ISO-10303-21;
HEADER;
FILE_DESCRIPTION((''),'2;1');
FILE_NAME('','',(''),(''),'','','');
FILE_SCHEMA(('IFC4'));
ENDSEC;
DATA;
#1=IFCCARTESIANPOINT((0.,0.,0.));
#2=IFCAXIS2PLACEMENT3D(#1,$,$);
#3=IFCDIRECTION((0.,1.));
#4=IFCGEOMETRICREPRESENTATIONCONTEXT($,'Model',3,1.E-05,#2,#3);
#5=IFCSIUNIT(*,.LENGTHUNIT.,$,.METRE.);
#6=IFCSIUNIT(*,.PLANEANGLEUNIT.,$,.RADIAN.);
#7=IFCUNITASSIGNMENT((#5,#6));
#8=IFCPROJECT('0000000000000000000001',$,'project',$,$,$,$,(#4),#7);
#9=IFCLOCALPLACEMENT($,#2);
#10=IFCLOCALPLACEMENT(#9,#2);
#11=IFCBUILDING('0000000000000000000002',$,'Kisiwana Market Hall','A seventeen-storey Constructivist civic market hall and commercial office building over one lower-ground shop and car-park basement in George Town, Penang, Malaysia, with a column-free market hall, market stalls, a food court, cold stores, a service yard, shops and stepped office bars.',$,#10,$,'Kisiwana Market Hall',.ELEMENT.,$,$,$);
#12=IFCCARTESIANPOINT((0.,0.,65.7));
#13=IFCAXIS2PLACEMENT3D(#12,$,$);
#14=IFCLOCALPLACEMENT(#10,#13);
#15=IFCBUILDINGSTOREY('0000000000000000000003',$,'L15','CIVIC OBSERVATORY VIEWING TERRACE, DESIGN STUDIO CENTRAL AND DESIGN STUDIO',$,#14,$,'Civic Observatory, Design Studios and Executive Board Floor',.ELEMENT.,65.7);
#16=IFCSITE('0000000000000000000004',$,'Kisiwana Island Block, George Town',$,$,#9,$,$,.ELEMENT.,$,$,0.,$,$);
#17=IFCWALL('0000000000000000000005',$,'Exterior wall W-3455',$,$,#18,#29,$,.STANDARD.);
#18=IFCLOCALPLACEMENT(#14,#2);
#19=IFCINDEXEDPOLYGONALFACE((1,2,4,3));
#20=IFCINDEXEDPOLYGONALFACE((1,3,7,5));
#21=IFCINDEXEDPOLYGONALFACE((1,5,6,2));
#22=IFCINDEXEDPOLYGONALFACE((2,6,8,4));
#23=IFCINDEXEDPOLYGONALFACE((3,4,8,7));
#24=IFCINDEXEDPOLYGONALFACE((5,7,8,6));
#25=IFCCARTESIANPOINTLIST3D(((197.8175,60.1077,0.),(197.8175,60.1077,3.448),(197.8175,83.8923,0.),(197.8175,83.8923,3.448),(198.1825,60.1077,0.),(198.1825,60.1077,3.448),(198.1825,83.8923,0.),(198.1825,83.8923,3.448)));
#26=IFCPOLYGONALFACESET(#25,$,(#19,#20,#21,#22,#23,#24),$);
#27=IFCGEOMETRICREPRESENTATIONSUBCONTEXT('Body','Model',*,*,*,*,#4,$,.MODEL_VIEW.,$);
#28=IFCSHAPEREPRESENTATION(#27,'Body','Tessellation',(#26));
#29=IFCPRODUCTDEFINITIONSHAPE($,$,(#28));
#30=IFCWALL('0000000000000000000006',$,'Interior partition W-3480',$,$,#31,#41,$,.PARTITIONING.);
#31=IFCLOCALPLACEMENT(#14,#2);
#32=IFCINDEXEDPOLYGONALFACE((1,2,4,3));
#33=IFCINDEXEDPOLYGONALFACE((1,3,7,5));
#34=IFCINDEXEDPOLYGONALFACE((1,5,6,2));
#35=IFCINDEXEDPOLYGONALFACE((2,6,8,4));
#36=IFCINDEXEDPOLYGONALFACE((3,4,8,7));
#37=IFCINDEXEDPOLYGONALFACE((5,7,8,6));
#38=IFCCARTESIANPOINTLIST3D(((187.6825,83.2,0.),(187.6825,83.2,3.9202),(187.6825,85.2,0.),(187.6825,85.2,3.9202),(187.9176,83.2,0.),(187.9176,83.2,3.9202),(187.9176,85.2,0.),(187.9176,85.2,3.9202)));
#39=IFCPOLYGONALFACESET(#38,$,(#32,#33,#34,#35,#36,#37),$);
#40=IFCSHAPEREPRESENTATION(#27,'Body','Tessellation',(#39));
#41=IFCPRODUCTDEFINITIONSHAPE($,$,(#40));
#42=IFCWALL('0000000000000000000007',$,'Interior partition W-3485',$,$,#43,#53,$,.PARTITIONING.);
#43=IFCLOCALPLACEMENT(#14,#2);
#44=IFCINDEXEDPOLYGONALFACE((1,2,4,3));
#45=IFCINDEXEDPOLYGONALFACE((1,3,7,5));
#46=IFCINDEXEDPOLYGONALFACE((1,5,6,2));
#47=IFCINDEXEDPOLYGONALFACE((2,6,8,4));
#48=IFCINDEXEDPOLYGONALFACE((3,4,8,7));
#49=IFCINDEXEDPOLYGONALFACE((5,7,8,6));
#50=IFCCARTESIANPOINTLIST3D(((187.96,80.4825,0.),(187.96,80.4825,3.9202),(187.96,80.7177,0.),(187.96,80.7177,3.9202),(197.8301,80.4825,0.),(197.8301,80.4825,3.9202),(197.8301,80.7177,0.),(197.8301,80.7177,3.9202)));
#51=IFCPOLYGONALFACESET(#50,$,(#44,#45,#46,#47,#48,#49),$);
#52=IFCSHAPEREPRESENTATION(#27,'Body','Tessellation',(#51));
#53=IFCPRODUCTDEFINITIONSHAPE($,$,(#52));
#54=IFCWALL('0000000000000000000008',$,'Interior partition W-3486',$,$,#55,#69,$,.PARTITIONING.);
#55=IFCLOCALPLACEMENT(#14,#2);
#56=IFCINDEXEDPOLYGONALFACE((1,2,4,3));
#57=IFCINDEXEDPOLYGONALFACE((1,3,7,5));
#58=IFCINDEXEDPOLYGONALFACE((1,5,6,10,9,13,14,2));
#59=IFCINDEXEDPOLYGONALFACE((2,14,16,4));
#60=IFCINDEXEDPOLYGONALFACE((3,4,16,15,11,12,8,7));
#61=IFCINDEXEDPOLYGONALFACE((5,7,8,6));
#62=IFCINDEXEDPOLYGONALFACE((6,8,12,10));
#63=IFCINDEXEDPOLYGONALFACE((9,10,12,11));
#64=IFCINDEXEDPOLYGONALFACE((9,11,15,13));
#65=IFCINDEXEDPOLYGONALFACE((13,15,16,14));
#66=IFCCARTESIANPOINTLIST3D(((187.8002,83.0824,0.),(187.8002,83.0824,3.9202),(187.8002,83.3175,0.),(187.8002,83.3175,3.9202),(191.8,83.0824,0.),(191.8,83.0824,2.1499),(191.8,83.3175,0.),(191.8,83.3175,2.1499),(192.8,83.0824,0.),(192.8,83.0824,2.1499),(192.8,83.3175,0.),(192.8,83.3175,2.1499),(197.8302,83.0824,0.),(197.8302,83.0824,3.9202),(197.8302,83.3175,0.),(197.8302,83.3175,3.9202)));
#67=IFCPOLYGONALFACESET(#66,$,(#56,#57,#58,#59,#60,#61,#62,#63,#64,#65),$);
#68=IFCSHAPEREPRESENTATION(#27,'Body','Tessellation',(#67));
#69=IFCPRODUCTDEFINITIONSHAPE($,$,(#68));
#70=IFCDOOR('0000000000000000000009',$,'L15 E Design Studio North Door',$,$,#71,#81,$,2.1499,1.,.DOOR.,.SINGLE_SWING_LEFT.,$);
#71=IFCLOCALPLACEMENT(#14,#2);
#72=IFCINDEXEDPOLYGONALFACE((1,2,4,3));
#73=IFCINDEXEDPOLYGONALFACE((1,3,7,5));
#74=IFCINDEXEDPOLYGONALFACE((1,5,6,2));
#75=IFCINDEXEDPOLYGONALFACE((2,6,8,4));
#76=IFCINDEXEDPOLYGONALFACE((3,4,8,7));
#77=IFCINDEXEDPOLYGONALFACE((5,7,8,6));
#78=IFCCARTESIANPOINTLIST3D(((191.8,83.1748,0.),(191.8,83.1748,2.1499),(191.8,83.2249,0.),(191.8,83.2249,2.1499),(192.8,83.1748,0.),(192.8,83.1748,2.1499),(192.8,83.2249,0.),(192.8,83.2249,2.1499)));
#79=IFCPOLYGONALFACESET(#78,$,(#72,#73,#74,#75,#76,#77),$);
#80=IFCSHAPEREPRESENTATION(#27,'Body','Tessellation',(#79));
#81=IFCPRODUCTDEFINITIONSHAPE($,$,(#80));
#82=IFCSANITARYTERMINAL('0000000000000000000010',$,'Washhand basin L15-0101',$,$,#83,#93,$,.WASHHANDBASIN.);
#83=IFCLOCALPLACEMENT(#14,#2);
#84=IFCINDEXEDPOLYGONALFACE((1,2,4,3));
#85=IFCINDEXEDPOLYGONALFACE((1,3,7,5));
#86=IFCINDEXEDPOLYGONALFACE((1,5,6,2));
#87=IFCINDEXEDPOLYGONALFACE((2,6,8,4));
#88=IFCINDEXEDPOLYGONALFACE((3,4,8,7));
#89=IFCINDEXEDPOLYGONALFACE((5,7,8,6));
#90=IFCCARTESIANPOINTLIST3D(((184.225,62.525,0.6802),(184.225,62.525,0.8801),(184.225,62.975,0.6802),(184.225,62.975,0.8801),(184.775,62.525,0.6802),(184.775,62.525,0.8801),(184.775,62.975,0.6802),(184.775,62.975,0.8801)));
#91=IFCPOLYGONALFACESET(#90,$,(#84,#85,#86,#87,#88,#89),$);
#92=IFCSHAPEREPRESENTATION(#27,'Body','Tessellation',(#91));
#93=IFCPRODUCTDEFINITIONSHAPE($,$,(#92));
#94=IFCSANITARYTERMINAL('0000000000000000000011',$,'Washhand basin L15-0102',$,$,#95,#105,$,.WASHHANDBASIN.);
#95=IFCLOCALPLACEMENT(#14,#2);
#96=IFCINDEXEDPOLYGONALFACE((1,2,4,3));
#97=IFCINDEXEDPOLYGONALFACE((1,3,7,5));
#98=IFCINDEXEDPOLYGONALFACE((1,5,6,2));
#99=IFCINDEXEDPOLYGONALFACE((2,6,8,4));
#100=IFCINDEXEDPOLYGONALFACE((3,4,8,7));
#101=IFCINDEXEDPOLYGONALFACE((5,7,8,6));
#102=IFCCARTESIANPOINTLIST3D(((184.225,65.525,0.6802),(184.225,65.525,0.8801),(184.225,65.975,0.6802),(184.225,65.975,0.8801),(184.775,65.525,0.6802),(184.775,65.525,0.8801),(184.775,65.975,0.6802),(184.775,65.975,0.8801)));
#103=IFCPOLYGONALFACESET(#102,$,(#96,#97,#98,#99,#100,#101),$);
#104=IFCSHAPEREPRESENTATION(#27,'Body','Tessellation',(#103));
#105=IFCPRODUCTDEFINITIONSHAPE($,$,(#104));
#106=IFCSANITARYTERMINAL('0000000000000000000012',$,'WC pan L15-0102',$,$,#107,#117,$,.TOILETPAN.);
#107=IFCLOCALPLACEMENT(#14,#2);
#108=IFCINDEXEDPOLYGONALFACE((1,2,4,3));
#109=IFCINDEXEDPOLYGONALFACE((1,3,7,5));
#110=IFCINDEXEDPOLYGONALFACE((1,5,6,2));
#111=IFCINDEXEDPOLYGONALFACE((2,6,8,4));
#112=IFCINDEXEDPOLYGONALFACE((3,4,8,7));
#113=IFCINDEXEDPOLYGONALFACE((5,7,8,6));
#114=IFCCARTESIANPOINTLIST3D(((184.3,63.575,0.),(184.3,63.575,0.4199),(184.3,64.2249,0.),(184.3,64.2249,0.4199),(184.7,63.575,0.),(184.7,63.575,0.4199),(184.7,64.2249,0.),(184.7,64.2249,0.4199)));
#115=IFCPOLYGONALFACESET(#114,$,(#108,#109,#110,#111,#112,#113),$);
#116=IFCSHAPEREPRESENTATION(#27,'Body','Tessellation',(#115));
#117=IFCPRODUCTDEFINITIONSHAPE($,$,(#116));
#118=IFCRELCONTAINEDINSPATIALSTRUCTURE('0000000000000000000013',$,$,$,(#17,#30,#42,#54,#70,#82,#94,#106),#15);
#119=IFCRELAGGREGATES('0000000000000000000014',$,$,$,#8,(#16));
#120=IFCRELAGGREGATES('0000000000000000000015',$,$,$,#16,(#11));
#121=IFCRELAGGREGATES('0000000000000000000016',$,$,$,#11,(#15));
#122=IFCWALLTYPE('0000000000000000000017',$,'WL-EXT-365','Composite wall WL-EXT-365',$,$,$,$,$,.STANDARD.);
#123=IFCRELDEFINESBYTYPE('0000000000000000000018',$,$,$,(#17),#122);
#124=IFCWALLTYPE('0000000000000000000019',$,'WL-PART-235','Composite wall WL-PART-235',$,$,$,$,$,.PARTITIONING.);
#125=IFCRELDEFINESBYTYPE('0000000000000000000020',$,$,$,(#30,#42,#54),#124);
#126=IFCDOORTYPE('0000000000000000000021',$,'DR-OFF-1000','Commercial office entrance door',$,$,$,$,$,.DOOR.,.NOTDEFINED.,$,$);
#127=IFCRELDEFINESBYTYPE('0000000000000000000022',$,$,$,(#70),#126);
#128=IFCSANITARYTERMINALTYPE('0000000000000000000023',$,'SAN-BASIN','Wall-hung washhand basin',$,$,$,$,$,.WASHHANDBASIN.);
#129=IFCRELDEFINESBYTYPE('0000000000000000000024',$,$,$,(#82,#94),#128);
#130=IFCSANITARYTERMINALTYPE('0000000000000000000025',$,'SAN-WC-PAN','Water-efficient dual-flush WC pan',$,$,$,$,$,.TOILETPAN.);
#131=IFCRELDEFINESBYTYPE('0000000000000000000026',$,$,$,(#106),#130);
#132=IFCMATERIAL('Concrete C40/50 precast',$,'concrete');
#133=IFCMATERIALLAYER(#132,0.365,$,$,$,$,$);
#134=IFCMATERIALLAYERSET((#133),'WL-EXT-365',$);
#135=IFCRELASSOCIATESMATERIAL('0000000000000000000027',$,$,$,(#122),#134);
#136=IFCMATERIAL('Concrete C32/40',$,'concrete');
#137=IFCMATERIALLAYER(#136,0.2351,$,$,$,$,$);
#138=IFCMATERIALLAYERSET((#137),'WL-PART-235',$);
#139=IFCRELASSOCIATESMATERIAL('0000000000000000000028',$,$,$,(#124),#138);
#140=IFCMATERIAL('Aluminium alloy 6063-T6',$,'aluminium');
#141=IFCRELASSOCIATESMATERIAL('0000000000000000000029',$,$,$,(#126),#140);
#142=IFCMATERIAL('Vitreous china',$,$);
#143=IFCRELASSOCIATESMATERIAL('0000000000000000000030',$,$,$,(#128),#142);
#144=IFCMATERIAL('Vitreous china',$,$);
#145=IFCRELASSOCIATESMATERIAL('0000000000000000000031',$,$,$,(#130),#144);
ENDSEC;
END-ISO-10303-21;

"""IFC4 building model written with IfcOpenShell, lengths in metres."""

from ifc_helpers import new_model, si_unit, direction, frame, frame_2d, origin, origin_2d, place, context, subcontext, project, spatial, rectangle, extrude, material, layer, layer_set, type_object, element, fill, save


model = new_model("IFC4")

# Units and contexts
model_context = context("Model", 3, precision=1e-05, world=origin(), true_north=direction((0.0, 1.0)))
body_context = subcontext(model_context, "Body", "Model", "MODEL_VIEW")
ifc_project = project(units=[si_unit("LENGTHUNIT", "METRE"), si_unit("PLANEANGLEUNIT", "RADIAN")], contexts=[model_context])

# Site, building, storey
site_placement = place(None, origin())
site = spatial("IfcSite", under=ifc_project, at=site_placement, Name="Kisiwana Island Block, George Town", CompositionType="ELEMENT", RefElevation=0.0)
building_placement = place(site_placement, origin())
building = spatial("IfcBuilding", under=site, at=building_placement, Name="Kisiwana Market Hall", Description="A seventeen-storey Constructivist civic market hall and commercial office building over one lower-ground shop and car-park basement in George Town, Penang, Malaysia, with a column-free market hall, market stalls, a food court, cold stores, a service yard, shops and stepped office bars.", LongName="Kisiwana Market Hall", CompositionType="ELEMENT")
storey_placement = place(building_placement, frame((0.0, 0.0, 65.7)))
storey = spatial("IfcBuildingStorey", under=building, at=storey_placement, Name="L15", Description="CIVIC OBSERVATORY VIEWING TERRACE, DESIGN STUDIO CENTRAL AND DESIGN STUDIO", LongName="Civic Observatory, Design Studios and Executive Board Floor", CompositionType="ELEMENT", Elevation=65.7)

# Walls
ifc_material_1 = material(Name="Concrete C40/50 precast", Category="concrete")
ifc_layer_1 = layer(ifc_material_1, 0.365)
ifc_layer_set_1 = layer_set([ifc_layer_1], Name="WL-EXT-365")
wall_type_1 = type_object("IfcWallType", Name="WL-EXT-365", Description="Composite wall WL-EXT-365", PredefinedType="STANDARD", material=ifc_layer_set_1)
wall_1_placement = place(storey_placement, frame((198.0, 60.1077, 0.0), z_axis=(0.0, 0.0, 1.0), x_axis=(0.0, 1.0, 0.0)))
element("IfcWall", 1, at=wall_1_placement, inside=storey, type_object=wall_type_1, Name="Exterior wall W-3455", PredefinedType="STANDARD", context=body_context, shape_type="SweptSolid", body=[
    extrude(rectangle(XDim=23.7847, YDim=0.365, at=frame_2d((11.8923, 0.0))), origin(), (0.0, 0.0, 1.0), 3.448),
])
ifc_material_2 = material(Name="Concrete C32/40", Category="concrete")
ifc_layer_2 = layer(ifc_material_2, 0.2351)
ifc_layer_set_2 = layer_set([ifc_layer_2], Name="WL-PART-235")
wall_type_2 = type_object("IfcWallType", Name="WL-PART-235", Description="Composite wall WL-PART-235", PredefinedType="PARTITIONING", material=ifc_layer_set_2)
wall_2_placement = place(storey_placement, frame((187.8, 83.2, 0.0), z_axis=(0.0, 0.0, 1.0), x_axis=(0.0, 1.0, 0.0)))
element("IfcWall", 2, at=wall_2_placement, inside=storey, type_object=wall_type_2, Name="Interior partition W-3480", PredefinedType="PARTITIONING", context=body_context, shape_type="SweptSolid", body=[
    extrude(rectangle(XDim=2.0, YDim=0.2351, at=frame_2d((1.0, 0.0))), origin(), (0.0, 0.0, 1.0), 3.9202),
])
wall_3_placement = place(storey_placement, frame((187.96, 80.6001, 0.0), z_axis=(0.0, 0.0, 1.0), x_axis=(1.0, 0.0, 0.0)))
element("IfcWall", 3, at=wall_3_placement, inside=storey, type_object=wall_type_2, Name="Interior partition W-3485", PredefinedType="PARTITIONING", context=body_context, shape_type="SweptSolid", body=[
    extrude(rectangle(XDim=9.8701, YDim=0.2351, at=frame_2d((4.9351, 0.0))), origin(), (0.0, 0.0, 1.0), 3.9202),
])

# Wall, opening, door
wall_4_placement = place(storey_placement, frame((187.8, 83.2, 0.0), z_axis=(0.0, 0.0, 1.0), x_axis=(1.0, 0.0, 0.0)))
wall_4 = element("IfcWall", 4, at=wall_4_placement, inside=storey, type_object=wall_type_2, Name="Interior partition W-3486", PredefinedType="PARTITIONING", context=body_context, shape_type="SweptSolid", body=[
    extrude(rectangle(XDim=10.03, YDim=0.2351, at=frame_2d((5.0151, 0.0))), origin(), (0.0, 0.0, 1.0), 3.9202),
])
opening_placement = place(wall_4_placement, frame((4.0, 0.0, 0.0)))
opening = element("IfcOpeningElement", 5, at=opening_placement, cuts=wall_4, PredefinedType="OPENING", context=body_context, shape_type="SweptSolid", body=[
    extrude(rectangle(XDim=1.0, YDim=2.1499, at=frame_2d((0.5, 1.075))), frame((0.0, 0.1294, 0.0), z_axis=(0.0, -1.0, 0.0), x_axis=(1.0, 0.0, 0.0)), (0.0, 0.0, 1.0), 0.259),
])
ifc_material_3 = material(Name="Aluminium alloy 6063-T6", Category="aluminium")
door_type = type_object("IfcDoorType", Name="DR-OFF-1000", Description="Commercial office entrance door", OperationType="NOTDEFINED", PredefinedType="DOOR", material=ifc_material_3)
door_placement = place(opening_placement, origin())
door = element("IfcDoor", 6, at=door_placement, inside=storey, type_object=door_type, Name="L15 E Design Studio North Door", OperationType="SINGLE_SWING_LEFT", OverallHeight=2.1499, OverallWidth=1.0, PredefinedType="DOOR", context=body_context, shape_type="SweptSolid", body=[
    extrude(rectangle(XDim=1.0, YDim=2.1499, at=frame_2d((0.5, 1.075))), frame((0.0, 0.0249, 0.0), z_axis=(0.0, -1.0, 0.0), x_axis=(1.0, 0.0, 0.0)), (0.0, 0.0, 1.0), 0.05),
])
fill(opening, door)

# Sanitary terminals
ifc_material_4 = material(Name="Vitreous china")
sanitary_terminal_type_1 = type_object("IfcSanitaryTerminalType", Name="SAN-BASIN", Description="Wall-hung washhand basin", PredefinedType="WASHHANDBASIN", material=ifc_material_4)
for number, where, z_axis, x_axis, name in (
    (7, (184.5, 62.75, 0.6802), (0.0, 0.0, 1.0), (1.0, 0.0, 0.0), "Washhand basin L15-0101"),
    (8, (184.5, 65.75, 0.6802), (0.0, 0.0, 1.0), (1.0, 0.0, 0.0), "Washhand basin L15-0102"),
):
    element("IfcSanitaryTerminal", number, at=place(storey_placement, frame(where, z_axis=z_axis, x_axis=x_axis)), inside=storey, type_object=sanitary_terminal_type_1, Name=name, PredefinedType="WASHHANDBASIN", context=body_context, shape_type="SweptSolid", body=[
        extrude(rectangle(XDim=0.55, YDim=0.45, at=origin_2d()), origin(), (0.0, 0.0, 1.0), 0.2),
    ])
ifc_material_5 = material(Name="Vitreous china")
sanitary_terminal_type_2 = type_object("IfcSanitaryTerminalType", Name="SAN-WC-PAN", Description="Water-efficient dual-flush WC pan", PredefinedType="TOILETPAN", material=ifc_material_5)
sanitary_terminal_placement = place(storey_placement, frame((184.5, 63.8999, 0.0), z_axis=(0.0, 0.0, 1.0), x_axis=(1.0, 0.0, 0.0)))
element("IfcSanitaryTerminal", 9, at=sanitary_terminal_placement, inside=storey, type_object=sanitary_terminal_type_2, Name="WC pan L15-0102", PredefinedType="TOILETPAN", context=body_context, shape_type="SweptSolid", body=[
    extrude(rectangle(XDim=0.3999, YDim=0.6499, at=origin_2d()), origin(), (0.0, 0.0, 1.0), 0.4199),
])

save(model, "model.ifc")
